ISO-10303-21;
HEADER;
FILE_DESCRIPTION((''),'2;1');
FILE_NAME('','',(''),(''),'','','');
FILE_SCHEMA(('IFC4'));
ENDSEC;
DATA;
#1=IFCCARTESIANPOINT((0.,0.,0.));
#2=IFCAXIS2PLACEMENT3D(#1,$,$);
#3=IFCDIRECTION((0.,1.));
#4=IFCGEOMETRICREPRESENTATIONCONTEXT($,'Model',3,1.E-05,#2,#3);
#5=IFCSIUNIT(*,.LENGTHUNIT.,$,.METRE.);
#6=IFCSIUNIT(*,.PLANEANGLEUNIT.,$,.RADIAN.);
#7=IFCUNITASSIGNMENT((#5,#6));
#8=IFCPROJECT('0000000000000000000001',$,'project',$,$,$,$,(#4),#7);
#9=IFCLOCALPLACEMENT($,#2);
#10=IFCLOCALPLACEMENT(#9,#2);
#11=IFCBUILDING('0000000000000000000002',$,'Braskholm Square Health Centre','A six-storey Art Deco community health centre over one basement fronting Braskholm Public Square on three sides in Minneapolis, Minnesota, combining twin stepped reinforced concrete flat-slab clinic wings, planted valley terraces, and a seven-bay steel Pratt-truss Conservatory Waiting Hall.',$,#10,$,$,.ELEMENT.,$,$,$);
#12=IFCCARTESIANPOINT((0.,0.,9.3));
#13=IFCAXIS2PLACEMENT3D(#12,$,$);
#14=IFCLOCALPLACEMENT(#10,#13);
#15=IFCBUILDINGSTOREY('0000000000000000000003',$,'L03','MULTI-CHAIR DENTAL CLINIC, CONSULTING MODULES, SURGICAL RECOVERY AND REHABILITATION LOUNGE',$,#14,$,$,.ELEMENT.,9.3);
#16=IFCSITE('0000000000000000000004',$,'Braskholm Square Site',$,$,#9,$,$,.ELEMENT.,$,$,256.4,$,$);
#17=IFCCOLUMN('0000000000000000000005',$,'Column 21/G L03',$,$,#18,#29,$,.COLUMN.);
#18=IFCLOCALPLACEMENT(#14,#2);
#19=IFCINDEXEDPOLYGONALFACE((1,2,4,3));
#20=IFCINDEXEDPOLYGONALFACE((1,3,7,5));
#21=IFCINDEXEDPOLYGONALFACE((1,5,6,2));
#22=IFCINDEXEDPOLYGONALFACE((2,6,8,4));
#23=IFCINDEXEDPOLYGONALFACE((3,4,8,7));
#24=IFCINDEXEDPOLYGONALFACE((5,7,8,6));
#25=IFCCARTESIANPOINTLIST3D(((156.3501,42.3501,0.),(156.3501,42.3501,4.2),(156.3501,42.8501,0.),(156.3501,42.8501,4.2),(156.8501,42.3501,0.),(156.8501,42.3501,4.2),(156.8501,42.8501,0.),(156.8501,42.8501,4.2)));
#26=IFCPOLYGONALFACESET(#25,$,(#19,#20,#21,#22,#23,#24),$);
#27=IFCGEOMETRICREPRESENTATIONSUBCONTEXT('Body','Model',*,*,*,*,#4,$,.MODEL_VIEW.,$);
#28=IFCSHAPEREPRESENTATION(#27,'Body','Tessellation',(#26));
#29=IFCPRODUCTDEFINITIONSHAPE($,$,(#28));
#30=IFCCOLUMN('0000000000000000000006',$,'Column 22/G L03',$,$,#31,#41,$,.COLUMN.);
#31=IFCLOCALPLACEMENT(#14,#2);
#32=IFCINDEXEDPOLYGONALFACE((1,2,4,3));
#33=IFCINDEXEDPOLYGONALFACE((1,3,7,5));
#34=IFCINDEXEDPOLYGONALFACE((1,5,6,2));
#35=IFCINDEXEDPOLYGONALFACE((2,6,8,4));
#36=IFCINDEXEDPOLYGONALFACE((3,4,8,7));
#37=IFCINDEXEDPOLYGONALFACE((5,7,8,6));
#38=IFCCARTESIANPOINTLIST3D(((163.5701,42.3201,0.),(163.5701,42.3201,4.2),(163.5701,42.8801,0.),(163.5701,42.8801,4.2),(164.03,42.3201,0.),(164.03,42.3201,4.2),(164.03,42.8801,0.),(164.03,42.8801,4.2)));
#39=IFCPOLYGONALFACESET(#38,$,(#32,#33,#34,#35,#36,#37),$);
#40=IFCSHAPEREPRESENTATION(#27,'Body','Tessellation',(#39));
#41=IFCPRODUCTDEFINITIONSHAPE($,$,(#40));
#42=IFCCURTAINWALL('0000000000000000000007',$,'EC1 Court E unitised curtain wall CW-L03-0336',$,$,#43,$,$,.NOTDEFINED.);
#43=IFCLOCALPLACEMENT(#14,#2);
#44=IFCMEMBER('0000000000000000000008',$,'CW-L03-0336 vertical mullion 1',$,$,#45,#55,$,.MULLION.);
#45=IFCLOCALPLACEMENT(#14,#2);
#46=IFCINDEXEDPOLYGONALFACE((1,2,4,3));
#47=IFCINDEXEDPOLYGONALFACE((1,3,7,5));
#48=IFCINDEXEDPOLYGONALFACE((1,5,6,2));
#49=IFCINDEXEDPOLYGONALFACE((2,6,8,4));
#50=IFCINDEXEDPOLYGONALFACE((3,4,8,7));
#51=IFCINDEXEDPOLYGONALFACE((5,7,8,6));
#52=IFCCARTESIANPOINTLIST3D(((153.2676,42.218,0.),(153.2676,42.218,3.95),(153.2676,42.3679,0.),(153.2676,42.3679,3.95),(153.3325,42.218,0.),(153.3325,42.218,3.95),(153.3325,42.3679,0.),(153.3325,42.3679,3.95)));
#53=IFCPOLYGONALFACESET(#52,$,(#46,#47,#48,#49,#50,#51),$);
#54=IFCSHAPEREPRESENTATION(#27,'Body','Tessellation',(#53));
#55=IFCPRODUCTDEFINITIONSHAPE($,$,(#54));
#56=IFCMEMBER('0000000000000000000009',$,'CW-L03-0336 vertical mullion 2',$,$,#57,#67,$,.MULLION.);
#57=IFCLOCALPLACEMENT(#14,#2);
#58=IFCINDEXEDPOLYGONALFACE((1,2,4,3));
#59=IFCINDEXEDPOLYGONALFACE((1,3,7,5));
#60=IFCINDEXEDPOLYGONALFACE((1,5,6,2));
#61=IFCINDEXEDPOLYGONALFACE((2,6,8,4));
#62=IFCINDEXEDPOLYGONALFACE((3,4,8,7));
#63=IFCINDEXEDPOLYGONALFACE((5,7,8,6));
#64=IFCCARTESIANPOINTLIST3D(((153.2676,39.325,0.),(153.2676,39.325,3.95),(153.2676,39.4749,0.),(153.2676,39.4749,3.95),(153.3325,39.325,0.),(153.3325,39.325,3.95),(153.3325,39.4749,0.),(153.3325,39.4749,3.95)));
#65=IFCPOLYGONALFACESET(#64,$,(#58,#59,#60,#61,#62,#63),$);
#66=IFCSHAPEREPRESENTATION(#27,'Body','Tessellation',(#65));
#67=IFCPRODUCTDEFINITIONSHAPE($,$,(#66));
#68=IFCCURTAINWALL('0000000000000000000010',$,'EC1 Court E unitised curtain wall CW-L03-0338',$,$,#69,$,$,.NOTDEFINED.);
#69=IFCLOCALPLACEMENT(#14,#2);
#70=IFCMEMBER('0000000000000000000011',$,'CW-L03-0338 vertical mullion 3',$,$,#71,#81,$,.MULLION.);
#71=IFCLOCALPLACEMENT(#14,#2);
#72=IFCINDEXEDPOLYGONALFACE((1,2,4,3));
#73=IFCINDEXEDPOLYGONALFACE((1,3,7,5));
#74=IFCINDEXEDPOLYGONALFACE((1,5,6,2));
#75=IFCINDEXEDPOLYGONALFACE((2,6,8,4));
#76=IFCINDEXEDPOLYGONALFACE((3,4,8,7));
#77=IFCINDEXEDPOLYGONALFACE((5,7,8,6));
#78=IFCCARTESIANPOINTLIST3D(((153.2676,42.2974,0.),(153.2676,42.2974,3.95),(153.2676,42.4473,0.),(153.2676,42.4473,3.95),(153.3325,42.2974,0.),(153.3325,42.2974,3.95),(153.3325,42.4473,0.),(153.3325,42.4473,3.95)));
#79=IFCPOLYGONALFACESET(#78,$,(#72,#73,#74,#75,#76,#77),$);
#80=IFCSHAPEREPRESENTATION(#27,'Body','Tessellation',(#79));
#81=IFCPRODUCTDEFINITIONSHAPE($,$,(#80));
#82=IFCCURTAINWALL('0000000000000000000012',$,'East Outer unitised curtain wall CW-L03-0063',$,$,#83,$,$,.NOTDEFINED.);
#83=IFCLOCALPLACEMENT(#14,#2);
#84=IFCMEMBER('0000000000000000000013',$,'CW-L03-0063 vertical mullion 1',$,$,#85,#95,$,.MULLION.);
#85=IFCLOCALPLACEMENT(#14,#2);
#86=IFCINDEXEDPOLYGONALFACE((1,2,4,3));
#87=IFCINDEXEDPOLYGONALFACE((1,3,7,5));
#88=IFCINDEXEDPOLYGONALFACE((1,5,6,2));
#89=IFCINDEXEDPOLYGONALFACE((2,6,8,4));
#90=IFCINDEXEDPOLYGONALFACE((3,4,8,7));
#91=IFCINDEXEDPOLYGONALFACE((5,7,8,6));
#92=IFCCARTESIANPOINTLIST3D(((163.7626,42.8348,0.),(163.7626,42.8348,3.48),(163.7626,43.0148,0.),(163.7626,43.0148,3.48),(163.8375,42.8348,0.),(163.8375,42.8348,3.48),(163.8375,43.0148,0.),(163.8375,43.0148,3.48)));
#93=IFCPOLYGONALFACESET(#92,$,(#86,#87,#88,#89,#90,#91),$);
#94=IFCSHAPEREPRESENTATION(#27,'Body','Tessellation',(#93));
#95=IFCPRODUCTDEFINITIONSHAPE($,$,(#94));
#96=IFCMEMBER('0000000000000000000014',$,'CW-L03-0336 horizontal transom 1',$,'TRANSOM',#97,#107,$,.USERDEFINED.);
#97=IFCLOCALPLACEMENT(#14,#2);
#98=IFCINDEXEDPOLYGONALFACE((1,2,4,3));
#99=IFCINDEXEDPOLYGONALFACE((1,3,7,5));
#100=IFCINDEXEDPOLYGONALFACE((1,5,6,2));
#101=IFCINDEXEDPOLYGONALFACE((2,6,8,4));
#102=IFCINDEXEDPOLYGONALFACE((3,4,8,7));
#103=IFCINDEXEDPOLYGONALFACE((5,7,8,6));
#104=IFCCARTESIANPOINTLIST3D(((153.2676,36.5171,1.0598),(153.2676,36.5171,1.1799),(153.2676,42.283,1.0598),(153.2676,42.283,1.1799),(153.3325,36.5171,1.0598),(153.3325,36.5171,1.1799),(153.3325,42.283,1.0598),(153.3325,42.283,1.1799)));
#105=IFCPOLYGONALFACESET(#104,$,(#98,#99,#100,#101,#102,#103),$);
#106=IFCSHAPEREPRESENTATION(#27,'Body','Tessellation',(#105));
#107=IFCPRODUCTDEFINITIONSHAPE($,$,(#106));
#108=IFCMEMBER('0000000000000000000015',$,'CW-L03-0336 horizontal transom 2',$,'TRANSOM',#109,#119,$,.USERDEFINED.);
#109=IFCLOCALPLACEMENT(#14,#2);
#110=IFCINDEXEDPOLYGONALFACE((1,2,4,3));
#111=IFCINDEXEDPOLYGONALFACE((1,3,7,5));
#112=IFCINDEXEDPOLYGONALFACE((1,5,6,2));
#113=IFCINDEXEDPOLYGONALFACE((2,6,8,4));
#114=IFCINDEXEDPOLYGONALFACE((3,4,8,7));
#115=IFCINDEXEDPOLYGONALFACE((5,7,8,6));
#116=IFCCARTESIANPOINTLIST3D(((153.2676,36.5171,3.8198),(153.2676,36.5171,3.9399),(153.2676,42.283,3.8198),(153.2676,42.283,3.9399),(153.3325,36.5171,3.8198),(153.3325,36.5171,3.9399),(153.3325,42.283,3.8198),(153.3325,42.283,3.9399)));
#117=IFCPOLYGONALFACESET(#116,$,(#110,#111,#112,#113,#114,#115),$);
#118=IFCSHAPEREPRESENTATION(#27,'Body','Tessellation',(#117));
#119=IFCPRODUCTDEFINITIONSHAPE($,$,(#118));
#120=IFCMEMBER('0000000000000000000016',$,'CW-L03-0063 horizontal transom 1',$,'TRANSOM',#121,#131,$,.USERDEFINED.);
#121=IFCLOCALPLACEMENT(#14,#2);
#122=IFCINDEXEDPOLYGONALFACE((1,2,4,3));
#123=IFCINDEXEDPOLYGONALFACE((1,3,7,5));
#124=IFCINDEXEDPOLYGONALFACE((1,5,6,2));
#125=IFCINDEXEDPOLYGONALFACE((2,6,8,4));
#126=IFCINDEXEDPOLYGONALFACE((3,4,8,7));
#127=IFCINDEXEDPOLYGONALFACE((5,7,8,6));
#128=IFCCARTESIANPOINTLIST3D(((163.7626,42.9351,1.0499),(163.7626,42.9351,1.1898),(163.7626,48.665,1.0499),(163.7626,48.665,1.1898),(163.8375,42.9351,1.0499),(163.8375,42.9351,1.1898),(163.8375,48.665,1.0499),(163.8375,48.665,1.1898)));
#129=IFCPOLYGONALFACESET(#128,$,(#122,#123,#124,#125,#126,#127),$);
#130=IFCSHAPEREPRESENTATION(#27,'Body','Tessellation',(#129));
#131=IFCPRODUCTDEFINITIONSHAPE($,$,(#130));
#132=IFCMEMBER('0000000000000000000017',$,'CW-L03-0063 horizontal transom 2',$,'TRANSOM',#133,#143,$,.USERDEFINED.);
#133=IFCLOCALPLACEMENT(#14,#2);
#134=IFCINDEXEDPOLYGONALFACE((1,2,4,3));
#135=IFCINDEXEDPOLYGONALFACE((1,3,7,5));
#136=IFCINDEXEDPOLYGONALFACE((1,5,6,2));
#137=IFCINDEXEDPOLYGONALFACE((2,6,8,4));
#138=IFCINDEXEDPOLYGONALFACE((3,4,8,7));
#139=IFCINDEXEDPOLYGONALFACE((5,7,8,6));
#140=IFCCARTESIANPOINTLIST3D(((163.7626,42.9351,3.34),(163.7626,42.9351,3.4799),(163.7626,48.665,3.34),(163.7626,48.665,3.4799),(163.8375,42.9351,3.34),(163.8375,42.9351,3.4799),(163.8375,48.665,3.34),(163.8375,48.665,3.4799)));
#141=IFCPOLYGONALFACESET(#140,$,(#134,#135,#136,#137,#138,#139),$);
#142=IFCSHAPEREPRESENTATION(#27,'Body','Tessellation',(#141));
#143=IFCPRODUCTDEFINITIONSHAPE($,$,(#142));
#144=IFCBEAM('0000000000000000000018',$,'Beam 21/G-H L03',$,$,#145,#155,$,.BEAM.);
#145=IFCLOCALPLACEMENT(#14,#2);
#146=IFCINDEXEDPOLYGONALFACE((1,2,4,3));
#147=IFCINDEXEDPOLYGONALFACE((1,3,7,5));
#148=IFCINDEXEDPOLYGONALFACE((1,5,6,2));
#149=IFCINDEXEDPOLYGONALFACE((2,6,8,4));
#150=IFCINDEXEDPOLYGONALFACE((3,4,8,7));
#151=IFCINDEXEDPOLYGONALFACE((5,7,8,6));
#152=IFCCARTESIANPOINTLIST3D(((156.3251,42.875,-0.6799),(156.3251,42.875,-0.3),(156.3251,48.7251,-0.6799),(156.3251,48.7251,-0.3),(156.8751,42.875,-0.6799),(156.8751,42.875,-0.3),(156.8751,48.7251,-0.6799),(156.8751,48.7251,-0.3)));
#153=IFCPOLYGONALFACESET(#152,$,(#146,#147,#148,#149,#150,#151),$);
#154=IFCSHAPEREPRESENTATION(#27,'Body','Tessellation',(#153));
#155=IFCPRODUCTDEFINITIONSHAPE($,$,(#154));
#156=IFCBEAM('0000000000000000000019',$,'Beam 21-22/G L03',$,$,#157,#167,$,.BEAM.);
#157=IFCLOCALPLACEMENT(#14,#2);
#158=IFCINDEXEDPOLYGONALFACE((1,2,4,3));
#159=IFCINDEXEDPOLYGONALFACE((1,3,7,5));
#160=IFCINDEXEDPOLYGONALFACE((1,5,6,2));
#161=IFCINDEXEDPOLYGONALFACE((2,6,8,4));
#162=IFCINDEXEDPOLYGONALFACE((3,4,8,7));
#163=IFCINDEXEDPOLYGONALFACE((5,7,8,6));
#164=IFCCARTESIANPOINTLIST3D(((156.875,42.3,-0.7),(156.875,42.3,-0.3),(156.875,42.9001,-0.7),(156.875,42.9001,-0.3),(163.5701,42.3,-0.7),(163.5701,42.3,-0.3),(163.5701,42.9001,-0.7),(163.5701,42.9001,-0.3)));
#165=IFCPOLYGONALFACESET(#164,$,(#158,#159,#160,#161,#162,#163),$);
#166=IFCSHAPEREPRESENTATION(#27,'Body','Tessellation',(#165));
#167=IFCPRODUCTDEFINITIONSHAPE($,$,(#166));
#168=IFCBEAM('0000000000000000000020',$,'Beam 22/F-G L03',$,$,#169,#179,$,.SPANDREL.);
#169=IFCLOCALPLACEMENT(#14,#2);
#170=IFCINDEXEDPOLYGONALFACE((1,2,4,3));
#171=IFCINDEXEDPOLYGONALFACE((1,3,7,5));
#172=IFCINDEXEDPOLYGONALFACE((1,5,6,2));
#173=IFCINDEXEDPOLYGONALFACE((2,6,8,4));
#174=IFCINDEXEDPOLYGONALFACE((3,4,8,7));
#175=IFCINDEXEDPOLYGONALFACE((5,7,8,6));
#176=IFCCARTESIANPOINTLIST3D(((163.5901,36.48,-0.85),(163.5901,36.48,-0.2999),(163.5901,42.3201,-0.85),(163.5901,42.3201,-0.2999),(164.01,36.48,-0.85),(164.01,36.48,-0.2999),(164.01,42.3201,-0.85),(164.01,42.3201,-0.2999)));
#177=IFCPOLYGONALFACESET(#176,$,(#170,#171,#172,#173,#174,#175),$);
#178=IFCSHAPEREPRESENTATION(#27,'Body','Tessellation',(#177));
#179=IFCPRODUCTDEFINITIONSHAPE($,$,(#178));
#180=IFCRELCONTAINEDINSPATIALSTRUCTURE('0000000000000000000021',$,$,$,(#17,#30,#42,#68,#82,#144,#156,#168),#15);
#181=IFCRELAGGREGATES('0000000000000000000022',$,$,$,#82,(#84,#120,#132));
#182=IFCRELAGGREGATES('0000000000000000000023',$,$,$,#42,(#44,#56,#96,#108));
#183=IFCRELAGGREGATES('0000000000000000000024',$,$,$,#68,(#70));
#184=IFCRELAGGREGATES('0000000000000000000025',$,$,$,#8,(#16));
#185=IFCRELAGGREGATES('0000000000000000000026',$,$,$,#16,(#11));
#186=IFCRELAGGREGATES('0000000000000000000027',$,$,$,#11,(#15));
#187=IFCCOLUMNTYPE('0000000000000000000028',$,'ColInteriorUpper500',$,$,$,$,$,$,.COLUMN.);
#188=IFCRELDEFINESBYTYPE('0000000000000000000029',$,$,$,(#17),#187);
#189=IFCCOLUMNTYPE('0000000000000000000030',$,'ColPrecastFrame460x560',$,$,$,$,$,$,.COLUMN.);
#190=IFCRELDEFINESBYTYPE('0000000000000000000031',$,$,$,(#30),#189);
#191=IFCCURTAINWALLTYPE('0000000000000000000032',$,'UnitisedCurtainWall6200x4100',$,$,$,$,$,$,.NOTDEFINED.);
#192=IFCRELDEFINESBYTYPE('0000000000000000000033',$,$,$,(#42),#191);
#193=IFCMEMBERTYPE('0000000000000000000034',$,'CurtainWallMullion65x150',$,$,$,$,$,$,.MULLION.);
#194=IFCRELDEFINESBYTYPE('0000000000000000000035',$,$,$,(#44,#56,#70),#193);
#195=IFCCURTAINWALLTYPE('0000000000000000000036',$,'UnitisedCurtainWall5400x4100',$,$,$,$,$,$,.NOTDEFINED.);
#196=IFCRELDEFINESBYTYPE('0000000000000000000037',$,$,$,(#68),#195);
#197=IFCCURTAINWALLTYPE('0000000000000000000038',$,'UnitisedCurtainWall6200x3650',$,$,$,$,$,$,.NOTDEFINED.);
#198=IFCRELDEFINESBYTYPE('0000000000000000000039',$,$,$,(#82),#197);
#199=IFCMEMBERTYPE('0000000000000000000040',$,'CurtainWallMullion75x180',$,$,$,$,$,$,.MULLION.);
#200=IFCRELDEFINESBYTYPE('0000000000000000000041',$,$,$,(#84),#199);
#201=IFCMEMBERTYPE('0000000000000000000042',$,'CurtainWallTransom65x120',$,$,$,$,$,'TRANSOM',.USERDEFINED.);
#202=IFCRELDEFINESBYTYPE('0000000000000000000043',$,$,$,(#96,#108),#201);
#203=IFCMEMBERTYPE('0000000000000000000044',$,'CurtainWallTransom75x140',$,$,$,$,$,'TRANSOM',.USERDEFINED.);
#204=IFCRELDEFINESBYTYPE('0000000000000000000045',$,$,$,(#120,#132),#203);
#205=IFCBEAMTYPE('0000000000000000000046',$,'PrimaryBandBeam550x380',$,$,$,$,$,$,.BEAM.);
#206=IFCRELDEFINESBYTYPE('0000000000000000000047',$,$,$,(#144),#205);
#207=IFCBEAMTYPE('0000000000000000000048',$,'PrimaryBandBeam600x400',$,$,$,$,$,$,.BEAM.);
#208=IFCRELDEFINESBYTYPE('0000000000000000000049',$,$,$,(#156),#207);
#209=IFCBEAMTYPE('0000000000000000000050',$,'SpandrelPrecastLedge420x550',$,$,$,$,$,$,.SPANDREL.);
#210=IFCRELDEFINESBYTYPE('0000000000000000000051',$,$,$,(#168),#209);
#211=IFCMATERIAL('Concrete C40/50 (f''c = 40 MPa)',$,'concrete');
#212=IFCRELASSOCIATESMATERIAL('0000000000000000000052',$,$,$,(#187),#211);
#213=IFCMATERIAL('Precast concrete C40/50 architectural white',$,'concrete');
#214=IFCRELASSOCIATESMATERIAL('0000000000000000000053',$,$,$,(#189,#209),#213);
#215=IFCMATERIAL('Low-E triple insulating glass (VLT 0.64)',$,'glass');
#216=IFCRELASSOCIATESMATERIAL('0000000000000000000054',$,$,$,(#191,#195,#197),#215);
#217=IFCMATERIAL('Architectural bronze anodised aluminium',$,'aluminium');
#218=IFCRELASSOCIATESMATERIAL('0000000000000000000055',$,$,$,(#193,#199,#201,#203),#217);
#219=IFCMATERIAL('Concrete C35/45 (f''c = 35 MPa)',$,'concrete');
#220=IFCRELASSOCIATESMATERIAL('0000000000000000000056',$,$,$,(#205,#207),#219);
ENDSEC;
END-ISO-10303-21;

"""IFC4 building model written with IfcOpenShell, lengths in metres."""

from ifc_helpers import new_model, si_unit, direction, frame, origin, origin_2d, place, context, subcontext, project, spatial, rectangle, extrude, material, material_profile, profile_set, type_object, element, aggregate, save


model = new_model("IFC4")

# Units and contexts
model_context = context("Model", 3, precision=1e-05, world=origin(), true_north=direction((0.0, 1.0)))
body_context = subcontext(model_context, "Body", "Model", "MODEL_VIEW")
ifc_project = project(units=[si_unit("LENGTHUNIT", "METRE"), si_unit("PLANEANGLEUNIT", "RADIAN")], contexts=[model_context])

# Site, building, storey
site_placement = place(None, origin())
site = spatial("IfcSite", under=ifc_project, at=site_placement, Name="Braskholm Square Site", CompositionType="ELEMENT", RefElevation=256.4)
building_placement = place(site_placement, origin())
building = spatial("IfcBuilding", under=site, at=building_placement, Name="Braskholm Square Health Centre", Description="A six-storey Art Deco community health centre over one basement fronting Braskholm Public Square on three sides in Minneapolis, Minnesota, combining twin stepped reinforced concrete flat-slab clinic wings, planted valley terraces, and a seven-bay steel Pratt-truss Conservatory Waiting Hall.", CompositionType="ELEMENT")
storey_placement = place(building_placement, frame((0.0, 0.0, 9.3)))
storey = spatial("IfcBuildingStorey", under=building, at=storey_placement, Name="L03", Description="MULTI-CHAIR DENTAL CLINIC, CONSULTING MODULES, SURGICAL RECOVERY AND REHABILITATION LOUNGE", CompositionType="ELEMENT", Elevation=9.3)

# Columns
ifc_material_1 = material(Name="Concrete C40/50 (f'c = 40 MPa)", Category="concrete")
ifc_material_profile_1 = material_profile(ifc_material_1, rectangle(XDim=0.5, YDim=0.5, at=origin_2d()), Name="RC-500X500")
ifc_profile_set_1 = profile_set([ifc_material_profile_1], Name="Concrete C40/50 (f'c = 40 MPa)")
column_type_1 = type_object("IfcColumnType", Name="ColInteriorUpper500", PredefinedType="COLUMN", material=ifc_profile_set_1)
column_1_placement = place(storey_placement, frame((156.6001, 42.6001, 0.0), z_axis=(0.0, 0.0, 1.0), x_axis=(1.0, 0.0, 0.0)))
element("IfcColumn", 1, at=column_1_placement, inside=storey, type_object=column_type_1, Name="Column 21/G L03", PredefinedType="COLUMN", context=body_context, shape_type="SweptSolid", body=[
    extrude(rectangle(XDim=0.5, YDim=0.5, at=origin_2d()), origin(), (0.0, 0.0, 1.0), 4.2),
])
ifc_material_2 = material(Name="Precast concrete C40/50 architectural white", Category="concrete")
ifc_material_profile_2 = material_profile(ifc_material_2, rectangle(XDim=0.46, YDim=0.5601, at=origin_2d()), Name="RC-460X560")
ifc_profile_set_2 = profile_set([ifc_material_profile_2], Name="Precast concrete C40/50 architectural white")
column_type_2 = type_object("IfcColumnType", Name="ColPrecastFrame460x560", PredefinedType="COLUMN", material=ifc_profile_set_2)
column_2_placement = place(storey_placement, frame((163.8, 42.6001, 0.0), z_axis=(0.0, 0.0, 1.0), x_axis=(1.0, 0.0, 0.0)))
element("IfcColumn", 2, at=column_2_placement, inside=storey, type_object=column_type_2, Name="Column 22/G L03", PredefinedType="COLUMN", context=body_context, shape_type="SweptSolid", body=[
    extrude(rectangle(XDim=0.46, YDim=0.5601, at=origin_2d()), origin(), (0.0, 0.0, 1.0), 4.2),
])

# Curtain wall, members
ifc_material_3 = material(Name="Low-E triple insulating glass (VLT 0.64)", Category="glass")
curtain_wall_type_1 = type_object("IfcCurtainWallType", Name="UnitisedCurtainWall6200x4100", PredefinedType="NOTDEFINED", material=ifc_material_3)
curtain_wall_1_placement = place(storey_placement, origin())
curtain_wall_1 = element("IfcCurtainWall", 3, at=curtain_wall_1_placement, inside=storey, type_object=curtain_wall_type_1, Name="EC1 Court E unitised curtain wall CW-L03-0336", PredefinedType="NOTDEFINED")
ifc_material_4 = material(Name="Architectural bronze anodised aluminium", Category="aluminium")
ifc_material_profile_3 = material_profile(ifc_material_4, rectangle(XDim=0.0649, YDim=0.1499, at=origin_2d()), Name="ALU-65X150")
ifc_profile_set_3 = profile_set([ifc_material_profile_3], Name="Architectural bronze anodised aluminium")
member_type_1 = type_object("IfcMemberType", Name="CurtainWallMullion65x150", PredefinedType="MULLION", material=ifc_profile_set_3)
member_1_placement = place(storey_placement, frame((153.3, 42.293, 0.0), z_axis=(0.0, 0.0, 1.0), x_axis=(1.0, 0.0, 0.0)))
member_1 = element("IfcMember", 4, at=member_1_placement, type_object=member_type_1, Name="CW-L03-0336 vertical mullion 1", PredefinedType="MULLION", context=body_context, shape_type="SweptSolid", body=[
    extrude(rectangle(XDim=0.0649, YDim=0.1499, at=origin_2d()), origin(), (0.0, 0.0, 1.0), 3.95),
])
member_2_placement = place(storey_placement, frame((153.3, 39.3999, 0.0), z_axis=(0.0, 0.0, 1.0), x_axis=(1.0, 0.0, 0.0)))
member_2 = element("IfcMember", 5, at=member_2_placement, type_object=member_type_1, Name="CW-L03-0336 vertical mullion 2", PredefinedType="MULLION", context=body_context, shape_type="SweptSolid", body=[
    extrude(rectangle(XDim=0.0649, YDim=0.1499, at=origin_2d()), origin(), (0.0, 0.0, 1.0), 3.95),
])

# Curtain walls, members
curtain_wall_type_2 = type_object("IfcCurtainWallType", Name="UnitisedCurtainWall5400x4100", PredefinedType="NOTDEFINED", material=ifc_material_3)
curtain_wall_2_placement = place(storey_placement, origin())
curtain_wall_2 = element("IfcCurtainWall", 6, at=curtain_wall_2_placement, inside=storey, type_object=curtain_wall_type_2, Name="EC1 Court E unitised curtain wall CW-L03-0338", PredefinedType="NOTDEFINED")
member_3_placement = place(storey_placement, frame((153.3, 42.3723, 0.0), z_axis=(0.0, 0.0, 1.0), x_axis=(1.0, 0.0, 0.0)))
member_3 = element("IfcMember", 7, at=member_3_placement, type_object=member_type_1, Name="CW-L03-0338 vertical mullion 3", PredefinedType="MULLION", context=body_context, shape_type="SweptSolid", body=[
    extrude(rectangle(XDim=0.0649, YDim=0.1499, at=origin_2d()), origin(), (0.0, 0.0, 1.0), 3.95),
])
curtain_wall_type_3 = type_object("IfcCurtainWallType", Name="UnitisedCurtainWall6200x3650", PredefinedType="NOTDEFINED", material=ifc_material_3)
curtain_wall_3_placement = place(storey_placement, origin())
curtain_wall_3 = element("IfcCurtainWall", 8, at=curtain_wall_3_placement, inside=storey, type_object=curtain_wall_type_3, Name="East Outer unitised curtain wall CW-L03-0063", PredefinedType="NOTDEFINED")
ifc_material_profile_4 = material_profile(ifc_material_4, rectangle(XDim=0.075, YDim=0.1799, at=origin_2d()), Name="ALU-75X180")
ifc_profile_set_4 = profile_set([ifc_material_profile_4], Name="Architectural bronze anodised aluminium")
member_type_2 = type_object("IfcMemberType", Name="CurtainWallMullion75x180", PredefinedType="MULLION", material=ifc_profile_set_4)
member_4_placement = place(storey_placement, frame((163.8, 42.9248, 0.0), z_axis=(0.0, 0.0, 1.0), x_axis=(1.0, 0.0, 0.0)))
member_4 = element("IfcMember", 9, at=member_4_placement, type_object=member_type_2, Name="CW-L03-0063 vertical mullion 1", PredefinedType="MULLION", context=body_context, shape_type="SweptSolid", body=[
    extrude(rectangle(XDim=0.075, YDim=0.1799, at=origin_2d()), origin(), (0.0, 0.0, 1.0), 3.48),
])

# Members
ifc_material_profile_5 = material_profile(ifc_material_4, rectangle(XDim=0.0649, YDim=0.1201, at=origin_2d()), Name="ALU-65X120")
ifc_profile_set_5 = profile_set([ifc_material_profile_5], Name="Architectural bronze anodised aluminium")
member_type_3 = type_object("IfcMemberType", Name="CurtainWallTransom65x120", ElementType="TRANSOM", PredefinedType="USERDEFINED", material=ifc_profile_set_5)
member_5_placement = place(storey_placement, frame((153.3, 42.283, 1.1199), z_axis=(0.0, -1.0, 0.0), x_axis=(1.0, 0.0, 0.0)))
member_5 = element("IfcMember", 10, at=member_5_placement, type_object=member_type_3, Name="CW-L03-0336 horizontal transom 1", ObjectType="TRANSOM", PredefinedType="USERDEFINED", context=body_context, shape_type="SweptSolid", body=[
    extrude(rectangle(XDim=0.0649, YDim=0.1201, at=origin_2d()), origin(), (0.0, 0.0, 1.0), 5.7659),
])
member_6_placement = place(storey_placement, frame((153.3, 42.283, 3.8799), z_axis=(0.0, -1.0, 0.0), x_axis=(1.0, 0.0, 0.0)))
member_6 = element("IfcMember", 11, at=member_6_placement, type_object=member_type_3, Name="CW-L03-0336 horizontal transom 2", ObjectType="TRANSOM", PredefinedType="USERDEFINED", context=body_context, shape_type="SweptSolid", body=[
    extrude(rectangle(XDim=0.0649, YDim=0.1201, at=origin_2d()), origin(), (0.0, 0.0, 1.0), 5.7659),
])
ifc_material_profile_6 = material_profile(ifc_material_4, rectangle(XDim=0.075, YDim=0.1399, at=origin_2d()), Name="ALU-75X140")
ifc_profile_set_6 = profile_set([ifc_material_profile_6], Name="Architectural bronze anodised aluminium")
member_type_4 = type_object("IfcMemberType", Name="CurtainWallTransom75x140", ElementType="TRANSOM", PredefinedType="USERDEFINED", material=ifc_profile_set_6)
member_7_placement = place(storey_placement, frame((163.8, 42.9351, 1.1199), z_axis=(0.0, 1.0, 0.0), x_axis=(-1.0, 0.0, 0.0)))
member_7 = element("IfcMember", 12, at=member_7_placement, type_object=member_type_4, Name="CW-L03-0063 horizontal transom 1", ObjectType="TRANSOM", PredefinedType="USERDEFINED", context=body_context, shape_type="SweptSolid", body=[
    extrude(rectangle(XDim=0.075, YDim=0.1399, at=origin_2d()), origin(), (0.0, 0.0, 1.0), 5.73),
])
member_8_placement = place(storey_placement, frame((163.8, 42.9351, 3.4099), z_axis=(0.0, 1.0, 0.0), x_axis=(-1.0, 0.0, 0.0)))
member_8 = element("IfcMember", 13, at=member_8_placement, type_object=member_type_4, Name="CW-L03-0063 horizontal transom 2", ObjectType="TRANSOM", PredefinedType="USERDEFINED", context=body_context, shape_type="SweptSolid", body=[
    extrude(rectangle(XDim=0.075, YDim=0.1399, at=origin_2d()), origin(), (0.0, 0.0, 1.0), 5.73),
])

# Beams
ifc_material_5 = material(Name="Concrete C35/45 (f'c = 35 MPa)", Category="concrete")
ifc_material_profile_7 = material_profile(ifc_material_5, rectangle(XDim=0.55, YDim=0.3799, at=origin_2d()), Name="RCB-550X380")
ifc_profile_set_7 = profile_set([ifc_material_profile_7], Name="Concrete C35/45 (f'c = 35 MPa)")
beam_type_1 = type_object("IfcBeamType", Name="PrimaryBandBeam550x380", PredefinedType="BEAM", material=ifc_profile_set_7)
beam_1_placement = place(storey_placement, frame((156.6001, 42.875, -0.49), z_axis=(0.0, 1.0, 0.0), x_axis=(-1.0, 0.0, 0.0)))
element("IfcBeam", 14, at=beam_1_placement, inside=storey, type_object=beam_type_1, Name="Beam 21/G-H L03", PredefinedType="BEAM", context=body_context, shape_type="SweptSolid", body=[
    extrude(rectangle(XDim=0.55, YDim=0.3799, at=origin_2d()), origin(), (0.0, 0.0, 1.0), 5.8501),
])
ifc_material_profile_8 = material_profile(ifc_material_5, rectangle(XDim=0.6001, YDim=0.3999, at=origin_2d()), Name="RCB-600X400")
ifc_profile_set_8 = profile_set([ifc_material_profile_8], Name="Concrete C35/45 (f'c = 35 MPa)")
beam_type_2 = type_object("IfcBeamType", Name="PrimaryBandBeam600x400", PredefinedType="BEAM", material=ifc_profile_set_8)
beam_2_placement = place(storey_placement, frame((156.875, 42.6001, -0.5), z_axis=(1.0, 0.0, 0.0), x_axis=(0.0, 1.0, 0.0)))
element("IfcBeam", 15, at=beam_2_placement, inside=storey, type_object=beam_type_2, Name="Beam 21-22/G L03", PredefinedType="BEAM", context=body_context, shape_type="SweptSolid", body=[
    extrude(rectangle(XDim=0.6001, YDim=0.3999, at=origin_2d()), origin(), (0.0, 0.0, 1.0), 6.6951),
])
ifc_material_profile_9 = material_profile(ifc_material_2, rectangle(XDim=0.4199, YDim=0.55, at=origin_2d()), Name="RCB-420X550")
ifc_profile_set_9 = profile_set([ifc_material_profile_9], Name="Precast concrete C40/50 architectural white")
beam_type_3 = type_object("IfcBeamType", Name="SpandrelPrecastLedge420x550", PredefinedType="SPANDREL", material=ifc_profile_set_9)
for number, where, z_axis, x_axis, name in (
    (16, (163.8, 36.48, -0.575), (0.0, 1.0, 0.0), (-1.0, 0.0, 0.0), "Beam 22/F-G L03"),
):
    element("IfcBeam", number, at=place(storey_placement, frame(where, z_axis=z_axis, x_axis=x_axis)), inside=storey, type_object=beam_type_3, Name=name, PredefinedType="SPANDREL", context=body_context, shape_type="SweptSolid", body=[
        extrude(rectangle(XDim=0.4199, YDim=0.55, at=origin_2d()), origin(), (0.0, 0.0, 1.0), 5.8401),
    ])

aggregate(curtain_wall_3, [member_4, member_7, member_8])
aggregate(curtain_wall_1, [member_1, member_2, member_5, member_6])
aggregate(curtain_wall_2, [member_3])

save(model, "model.ifc")
